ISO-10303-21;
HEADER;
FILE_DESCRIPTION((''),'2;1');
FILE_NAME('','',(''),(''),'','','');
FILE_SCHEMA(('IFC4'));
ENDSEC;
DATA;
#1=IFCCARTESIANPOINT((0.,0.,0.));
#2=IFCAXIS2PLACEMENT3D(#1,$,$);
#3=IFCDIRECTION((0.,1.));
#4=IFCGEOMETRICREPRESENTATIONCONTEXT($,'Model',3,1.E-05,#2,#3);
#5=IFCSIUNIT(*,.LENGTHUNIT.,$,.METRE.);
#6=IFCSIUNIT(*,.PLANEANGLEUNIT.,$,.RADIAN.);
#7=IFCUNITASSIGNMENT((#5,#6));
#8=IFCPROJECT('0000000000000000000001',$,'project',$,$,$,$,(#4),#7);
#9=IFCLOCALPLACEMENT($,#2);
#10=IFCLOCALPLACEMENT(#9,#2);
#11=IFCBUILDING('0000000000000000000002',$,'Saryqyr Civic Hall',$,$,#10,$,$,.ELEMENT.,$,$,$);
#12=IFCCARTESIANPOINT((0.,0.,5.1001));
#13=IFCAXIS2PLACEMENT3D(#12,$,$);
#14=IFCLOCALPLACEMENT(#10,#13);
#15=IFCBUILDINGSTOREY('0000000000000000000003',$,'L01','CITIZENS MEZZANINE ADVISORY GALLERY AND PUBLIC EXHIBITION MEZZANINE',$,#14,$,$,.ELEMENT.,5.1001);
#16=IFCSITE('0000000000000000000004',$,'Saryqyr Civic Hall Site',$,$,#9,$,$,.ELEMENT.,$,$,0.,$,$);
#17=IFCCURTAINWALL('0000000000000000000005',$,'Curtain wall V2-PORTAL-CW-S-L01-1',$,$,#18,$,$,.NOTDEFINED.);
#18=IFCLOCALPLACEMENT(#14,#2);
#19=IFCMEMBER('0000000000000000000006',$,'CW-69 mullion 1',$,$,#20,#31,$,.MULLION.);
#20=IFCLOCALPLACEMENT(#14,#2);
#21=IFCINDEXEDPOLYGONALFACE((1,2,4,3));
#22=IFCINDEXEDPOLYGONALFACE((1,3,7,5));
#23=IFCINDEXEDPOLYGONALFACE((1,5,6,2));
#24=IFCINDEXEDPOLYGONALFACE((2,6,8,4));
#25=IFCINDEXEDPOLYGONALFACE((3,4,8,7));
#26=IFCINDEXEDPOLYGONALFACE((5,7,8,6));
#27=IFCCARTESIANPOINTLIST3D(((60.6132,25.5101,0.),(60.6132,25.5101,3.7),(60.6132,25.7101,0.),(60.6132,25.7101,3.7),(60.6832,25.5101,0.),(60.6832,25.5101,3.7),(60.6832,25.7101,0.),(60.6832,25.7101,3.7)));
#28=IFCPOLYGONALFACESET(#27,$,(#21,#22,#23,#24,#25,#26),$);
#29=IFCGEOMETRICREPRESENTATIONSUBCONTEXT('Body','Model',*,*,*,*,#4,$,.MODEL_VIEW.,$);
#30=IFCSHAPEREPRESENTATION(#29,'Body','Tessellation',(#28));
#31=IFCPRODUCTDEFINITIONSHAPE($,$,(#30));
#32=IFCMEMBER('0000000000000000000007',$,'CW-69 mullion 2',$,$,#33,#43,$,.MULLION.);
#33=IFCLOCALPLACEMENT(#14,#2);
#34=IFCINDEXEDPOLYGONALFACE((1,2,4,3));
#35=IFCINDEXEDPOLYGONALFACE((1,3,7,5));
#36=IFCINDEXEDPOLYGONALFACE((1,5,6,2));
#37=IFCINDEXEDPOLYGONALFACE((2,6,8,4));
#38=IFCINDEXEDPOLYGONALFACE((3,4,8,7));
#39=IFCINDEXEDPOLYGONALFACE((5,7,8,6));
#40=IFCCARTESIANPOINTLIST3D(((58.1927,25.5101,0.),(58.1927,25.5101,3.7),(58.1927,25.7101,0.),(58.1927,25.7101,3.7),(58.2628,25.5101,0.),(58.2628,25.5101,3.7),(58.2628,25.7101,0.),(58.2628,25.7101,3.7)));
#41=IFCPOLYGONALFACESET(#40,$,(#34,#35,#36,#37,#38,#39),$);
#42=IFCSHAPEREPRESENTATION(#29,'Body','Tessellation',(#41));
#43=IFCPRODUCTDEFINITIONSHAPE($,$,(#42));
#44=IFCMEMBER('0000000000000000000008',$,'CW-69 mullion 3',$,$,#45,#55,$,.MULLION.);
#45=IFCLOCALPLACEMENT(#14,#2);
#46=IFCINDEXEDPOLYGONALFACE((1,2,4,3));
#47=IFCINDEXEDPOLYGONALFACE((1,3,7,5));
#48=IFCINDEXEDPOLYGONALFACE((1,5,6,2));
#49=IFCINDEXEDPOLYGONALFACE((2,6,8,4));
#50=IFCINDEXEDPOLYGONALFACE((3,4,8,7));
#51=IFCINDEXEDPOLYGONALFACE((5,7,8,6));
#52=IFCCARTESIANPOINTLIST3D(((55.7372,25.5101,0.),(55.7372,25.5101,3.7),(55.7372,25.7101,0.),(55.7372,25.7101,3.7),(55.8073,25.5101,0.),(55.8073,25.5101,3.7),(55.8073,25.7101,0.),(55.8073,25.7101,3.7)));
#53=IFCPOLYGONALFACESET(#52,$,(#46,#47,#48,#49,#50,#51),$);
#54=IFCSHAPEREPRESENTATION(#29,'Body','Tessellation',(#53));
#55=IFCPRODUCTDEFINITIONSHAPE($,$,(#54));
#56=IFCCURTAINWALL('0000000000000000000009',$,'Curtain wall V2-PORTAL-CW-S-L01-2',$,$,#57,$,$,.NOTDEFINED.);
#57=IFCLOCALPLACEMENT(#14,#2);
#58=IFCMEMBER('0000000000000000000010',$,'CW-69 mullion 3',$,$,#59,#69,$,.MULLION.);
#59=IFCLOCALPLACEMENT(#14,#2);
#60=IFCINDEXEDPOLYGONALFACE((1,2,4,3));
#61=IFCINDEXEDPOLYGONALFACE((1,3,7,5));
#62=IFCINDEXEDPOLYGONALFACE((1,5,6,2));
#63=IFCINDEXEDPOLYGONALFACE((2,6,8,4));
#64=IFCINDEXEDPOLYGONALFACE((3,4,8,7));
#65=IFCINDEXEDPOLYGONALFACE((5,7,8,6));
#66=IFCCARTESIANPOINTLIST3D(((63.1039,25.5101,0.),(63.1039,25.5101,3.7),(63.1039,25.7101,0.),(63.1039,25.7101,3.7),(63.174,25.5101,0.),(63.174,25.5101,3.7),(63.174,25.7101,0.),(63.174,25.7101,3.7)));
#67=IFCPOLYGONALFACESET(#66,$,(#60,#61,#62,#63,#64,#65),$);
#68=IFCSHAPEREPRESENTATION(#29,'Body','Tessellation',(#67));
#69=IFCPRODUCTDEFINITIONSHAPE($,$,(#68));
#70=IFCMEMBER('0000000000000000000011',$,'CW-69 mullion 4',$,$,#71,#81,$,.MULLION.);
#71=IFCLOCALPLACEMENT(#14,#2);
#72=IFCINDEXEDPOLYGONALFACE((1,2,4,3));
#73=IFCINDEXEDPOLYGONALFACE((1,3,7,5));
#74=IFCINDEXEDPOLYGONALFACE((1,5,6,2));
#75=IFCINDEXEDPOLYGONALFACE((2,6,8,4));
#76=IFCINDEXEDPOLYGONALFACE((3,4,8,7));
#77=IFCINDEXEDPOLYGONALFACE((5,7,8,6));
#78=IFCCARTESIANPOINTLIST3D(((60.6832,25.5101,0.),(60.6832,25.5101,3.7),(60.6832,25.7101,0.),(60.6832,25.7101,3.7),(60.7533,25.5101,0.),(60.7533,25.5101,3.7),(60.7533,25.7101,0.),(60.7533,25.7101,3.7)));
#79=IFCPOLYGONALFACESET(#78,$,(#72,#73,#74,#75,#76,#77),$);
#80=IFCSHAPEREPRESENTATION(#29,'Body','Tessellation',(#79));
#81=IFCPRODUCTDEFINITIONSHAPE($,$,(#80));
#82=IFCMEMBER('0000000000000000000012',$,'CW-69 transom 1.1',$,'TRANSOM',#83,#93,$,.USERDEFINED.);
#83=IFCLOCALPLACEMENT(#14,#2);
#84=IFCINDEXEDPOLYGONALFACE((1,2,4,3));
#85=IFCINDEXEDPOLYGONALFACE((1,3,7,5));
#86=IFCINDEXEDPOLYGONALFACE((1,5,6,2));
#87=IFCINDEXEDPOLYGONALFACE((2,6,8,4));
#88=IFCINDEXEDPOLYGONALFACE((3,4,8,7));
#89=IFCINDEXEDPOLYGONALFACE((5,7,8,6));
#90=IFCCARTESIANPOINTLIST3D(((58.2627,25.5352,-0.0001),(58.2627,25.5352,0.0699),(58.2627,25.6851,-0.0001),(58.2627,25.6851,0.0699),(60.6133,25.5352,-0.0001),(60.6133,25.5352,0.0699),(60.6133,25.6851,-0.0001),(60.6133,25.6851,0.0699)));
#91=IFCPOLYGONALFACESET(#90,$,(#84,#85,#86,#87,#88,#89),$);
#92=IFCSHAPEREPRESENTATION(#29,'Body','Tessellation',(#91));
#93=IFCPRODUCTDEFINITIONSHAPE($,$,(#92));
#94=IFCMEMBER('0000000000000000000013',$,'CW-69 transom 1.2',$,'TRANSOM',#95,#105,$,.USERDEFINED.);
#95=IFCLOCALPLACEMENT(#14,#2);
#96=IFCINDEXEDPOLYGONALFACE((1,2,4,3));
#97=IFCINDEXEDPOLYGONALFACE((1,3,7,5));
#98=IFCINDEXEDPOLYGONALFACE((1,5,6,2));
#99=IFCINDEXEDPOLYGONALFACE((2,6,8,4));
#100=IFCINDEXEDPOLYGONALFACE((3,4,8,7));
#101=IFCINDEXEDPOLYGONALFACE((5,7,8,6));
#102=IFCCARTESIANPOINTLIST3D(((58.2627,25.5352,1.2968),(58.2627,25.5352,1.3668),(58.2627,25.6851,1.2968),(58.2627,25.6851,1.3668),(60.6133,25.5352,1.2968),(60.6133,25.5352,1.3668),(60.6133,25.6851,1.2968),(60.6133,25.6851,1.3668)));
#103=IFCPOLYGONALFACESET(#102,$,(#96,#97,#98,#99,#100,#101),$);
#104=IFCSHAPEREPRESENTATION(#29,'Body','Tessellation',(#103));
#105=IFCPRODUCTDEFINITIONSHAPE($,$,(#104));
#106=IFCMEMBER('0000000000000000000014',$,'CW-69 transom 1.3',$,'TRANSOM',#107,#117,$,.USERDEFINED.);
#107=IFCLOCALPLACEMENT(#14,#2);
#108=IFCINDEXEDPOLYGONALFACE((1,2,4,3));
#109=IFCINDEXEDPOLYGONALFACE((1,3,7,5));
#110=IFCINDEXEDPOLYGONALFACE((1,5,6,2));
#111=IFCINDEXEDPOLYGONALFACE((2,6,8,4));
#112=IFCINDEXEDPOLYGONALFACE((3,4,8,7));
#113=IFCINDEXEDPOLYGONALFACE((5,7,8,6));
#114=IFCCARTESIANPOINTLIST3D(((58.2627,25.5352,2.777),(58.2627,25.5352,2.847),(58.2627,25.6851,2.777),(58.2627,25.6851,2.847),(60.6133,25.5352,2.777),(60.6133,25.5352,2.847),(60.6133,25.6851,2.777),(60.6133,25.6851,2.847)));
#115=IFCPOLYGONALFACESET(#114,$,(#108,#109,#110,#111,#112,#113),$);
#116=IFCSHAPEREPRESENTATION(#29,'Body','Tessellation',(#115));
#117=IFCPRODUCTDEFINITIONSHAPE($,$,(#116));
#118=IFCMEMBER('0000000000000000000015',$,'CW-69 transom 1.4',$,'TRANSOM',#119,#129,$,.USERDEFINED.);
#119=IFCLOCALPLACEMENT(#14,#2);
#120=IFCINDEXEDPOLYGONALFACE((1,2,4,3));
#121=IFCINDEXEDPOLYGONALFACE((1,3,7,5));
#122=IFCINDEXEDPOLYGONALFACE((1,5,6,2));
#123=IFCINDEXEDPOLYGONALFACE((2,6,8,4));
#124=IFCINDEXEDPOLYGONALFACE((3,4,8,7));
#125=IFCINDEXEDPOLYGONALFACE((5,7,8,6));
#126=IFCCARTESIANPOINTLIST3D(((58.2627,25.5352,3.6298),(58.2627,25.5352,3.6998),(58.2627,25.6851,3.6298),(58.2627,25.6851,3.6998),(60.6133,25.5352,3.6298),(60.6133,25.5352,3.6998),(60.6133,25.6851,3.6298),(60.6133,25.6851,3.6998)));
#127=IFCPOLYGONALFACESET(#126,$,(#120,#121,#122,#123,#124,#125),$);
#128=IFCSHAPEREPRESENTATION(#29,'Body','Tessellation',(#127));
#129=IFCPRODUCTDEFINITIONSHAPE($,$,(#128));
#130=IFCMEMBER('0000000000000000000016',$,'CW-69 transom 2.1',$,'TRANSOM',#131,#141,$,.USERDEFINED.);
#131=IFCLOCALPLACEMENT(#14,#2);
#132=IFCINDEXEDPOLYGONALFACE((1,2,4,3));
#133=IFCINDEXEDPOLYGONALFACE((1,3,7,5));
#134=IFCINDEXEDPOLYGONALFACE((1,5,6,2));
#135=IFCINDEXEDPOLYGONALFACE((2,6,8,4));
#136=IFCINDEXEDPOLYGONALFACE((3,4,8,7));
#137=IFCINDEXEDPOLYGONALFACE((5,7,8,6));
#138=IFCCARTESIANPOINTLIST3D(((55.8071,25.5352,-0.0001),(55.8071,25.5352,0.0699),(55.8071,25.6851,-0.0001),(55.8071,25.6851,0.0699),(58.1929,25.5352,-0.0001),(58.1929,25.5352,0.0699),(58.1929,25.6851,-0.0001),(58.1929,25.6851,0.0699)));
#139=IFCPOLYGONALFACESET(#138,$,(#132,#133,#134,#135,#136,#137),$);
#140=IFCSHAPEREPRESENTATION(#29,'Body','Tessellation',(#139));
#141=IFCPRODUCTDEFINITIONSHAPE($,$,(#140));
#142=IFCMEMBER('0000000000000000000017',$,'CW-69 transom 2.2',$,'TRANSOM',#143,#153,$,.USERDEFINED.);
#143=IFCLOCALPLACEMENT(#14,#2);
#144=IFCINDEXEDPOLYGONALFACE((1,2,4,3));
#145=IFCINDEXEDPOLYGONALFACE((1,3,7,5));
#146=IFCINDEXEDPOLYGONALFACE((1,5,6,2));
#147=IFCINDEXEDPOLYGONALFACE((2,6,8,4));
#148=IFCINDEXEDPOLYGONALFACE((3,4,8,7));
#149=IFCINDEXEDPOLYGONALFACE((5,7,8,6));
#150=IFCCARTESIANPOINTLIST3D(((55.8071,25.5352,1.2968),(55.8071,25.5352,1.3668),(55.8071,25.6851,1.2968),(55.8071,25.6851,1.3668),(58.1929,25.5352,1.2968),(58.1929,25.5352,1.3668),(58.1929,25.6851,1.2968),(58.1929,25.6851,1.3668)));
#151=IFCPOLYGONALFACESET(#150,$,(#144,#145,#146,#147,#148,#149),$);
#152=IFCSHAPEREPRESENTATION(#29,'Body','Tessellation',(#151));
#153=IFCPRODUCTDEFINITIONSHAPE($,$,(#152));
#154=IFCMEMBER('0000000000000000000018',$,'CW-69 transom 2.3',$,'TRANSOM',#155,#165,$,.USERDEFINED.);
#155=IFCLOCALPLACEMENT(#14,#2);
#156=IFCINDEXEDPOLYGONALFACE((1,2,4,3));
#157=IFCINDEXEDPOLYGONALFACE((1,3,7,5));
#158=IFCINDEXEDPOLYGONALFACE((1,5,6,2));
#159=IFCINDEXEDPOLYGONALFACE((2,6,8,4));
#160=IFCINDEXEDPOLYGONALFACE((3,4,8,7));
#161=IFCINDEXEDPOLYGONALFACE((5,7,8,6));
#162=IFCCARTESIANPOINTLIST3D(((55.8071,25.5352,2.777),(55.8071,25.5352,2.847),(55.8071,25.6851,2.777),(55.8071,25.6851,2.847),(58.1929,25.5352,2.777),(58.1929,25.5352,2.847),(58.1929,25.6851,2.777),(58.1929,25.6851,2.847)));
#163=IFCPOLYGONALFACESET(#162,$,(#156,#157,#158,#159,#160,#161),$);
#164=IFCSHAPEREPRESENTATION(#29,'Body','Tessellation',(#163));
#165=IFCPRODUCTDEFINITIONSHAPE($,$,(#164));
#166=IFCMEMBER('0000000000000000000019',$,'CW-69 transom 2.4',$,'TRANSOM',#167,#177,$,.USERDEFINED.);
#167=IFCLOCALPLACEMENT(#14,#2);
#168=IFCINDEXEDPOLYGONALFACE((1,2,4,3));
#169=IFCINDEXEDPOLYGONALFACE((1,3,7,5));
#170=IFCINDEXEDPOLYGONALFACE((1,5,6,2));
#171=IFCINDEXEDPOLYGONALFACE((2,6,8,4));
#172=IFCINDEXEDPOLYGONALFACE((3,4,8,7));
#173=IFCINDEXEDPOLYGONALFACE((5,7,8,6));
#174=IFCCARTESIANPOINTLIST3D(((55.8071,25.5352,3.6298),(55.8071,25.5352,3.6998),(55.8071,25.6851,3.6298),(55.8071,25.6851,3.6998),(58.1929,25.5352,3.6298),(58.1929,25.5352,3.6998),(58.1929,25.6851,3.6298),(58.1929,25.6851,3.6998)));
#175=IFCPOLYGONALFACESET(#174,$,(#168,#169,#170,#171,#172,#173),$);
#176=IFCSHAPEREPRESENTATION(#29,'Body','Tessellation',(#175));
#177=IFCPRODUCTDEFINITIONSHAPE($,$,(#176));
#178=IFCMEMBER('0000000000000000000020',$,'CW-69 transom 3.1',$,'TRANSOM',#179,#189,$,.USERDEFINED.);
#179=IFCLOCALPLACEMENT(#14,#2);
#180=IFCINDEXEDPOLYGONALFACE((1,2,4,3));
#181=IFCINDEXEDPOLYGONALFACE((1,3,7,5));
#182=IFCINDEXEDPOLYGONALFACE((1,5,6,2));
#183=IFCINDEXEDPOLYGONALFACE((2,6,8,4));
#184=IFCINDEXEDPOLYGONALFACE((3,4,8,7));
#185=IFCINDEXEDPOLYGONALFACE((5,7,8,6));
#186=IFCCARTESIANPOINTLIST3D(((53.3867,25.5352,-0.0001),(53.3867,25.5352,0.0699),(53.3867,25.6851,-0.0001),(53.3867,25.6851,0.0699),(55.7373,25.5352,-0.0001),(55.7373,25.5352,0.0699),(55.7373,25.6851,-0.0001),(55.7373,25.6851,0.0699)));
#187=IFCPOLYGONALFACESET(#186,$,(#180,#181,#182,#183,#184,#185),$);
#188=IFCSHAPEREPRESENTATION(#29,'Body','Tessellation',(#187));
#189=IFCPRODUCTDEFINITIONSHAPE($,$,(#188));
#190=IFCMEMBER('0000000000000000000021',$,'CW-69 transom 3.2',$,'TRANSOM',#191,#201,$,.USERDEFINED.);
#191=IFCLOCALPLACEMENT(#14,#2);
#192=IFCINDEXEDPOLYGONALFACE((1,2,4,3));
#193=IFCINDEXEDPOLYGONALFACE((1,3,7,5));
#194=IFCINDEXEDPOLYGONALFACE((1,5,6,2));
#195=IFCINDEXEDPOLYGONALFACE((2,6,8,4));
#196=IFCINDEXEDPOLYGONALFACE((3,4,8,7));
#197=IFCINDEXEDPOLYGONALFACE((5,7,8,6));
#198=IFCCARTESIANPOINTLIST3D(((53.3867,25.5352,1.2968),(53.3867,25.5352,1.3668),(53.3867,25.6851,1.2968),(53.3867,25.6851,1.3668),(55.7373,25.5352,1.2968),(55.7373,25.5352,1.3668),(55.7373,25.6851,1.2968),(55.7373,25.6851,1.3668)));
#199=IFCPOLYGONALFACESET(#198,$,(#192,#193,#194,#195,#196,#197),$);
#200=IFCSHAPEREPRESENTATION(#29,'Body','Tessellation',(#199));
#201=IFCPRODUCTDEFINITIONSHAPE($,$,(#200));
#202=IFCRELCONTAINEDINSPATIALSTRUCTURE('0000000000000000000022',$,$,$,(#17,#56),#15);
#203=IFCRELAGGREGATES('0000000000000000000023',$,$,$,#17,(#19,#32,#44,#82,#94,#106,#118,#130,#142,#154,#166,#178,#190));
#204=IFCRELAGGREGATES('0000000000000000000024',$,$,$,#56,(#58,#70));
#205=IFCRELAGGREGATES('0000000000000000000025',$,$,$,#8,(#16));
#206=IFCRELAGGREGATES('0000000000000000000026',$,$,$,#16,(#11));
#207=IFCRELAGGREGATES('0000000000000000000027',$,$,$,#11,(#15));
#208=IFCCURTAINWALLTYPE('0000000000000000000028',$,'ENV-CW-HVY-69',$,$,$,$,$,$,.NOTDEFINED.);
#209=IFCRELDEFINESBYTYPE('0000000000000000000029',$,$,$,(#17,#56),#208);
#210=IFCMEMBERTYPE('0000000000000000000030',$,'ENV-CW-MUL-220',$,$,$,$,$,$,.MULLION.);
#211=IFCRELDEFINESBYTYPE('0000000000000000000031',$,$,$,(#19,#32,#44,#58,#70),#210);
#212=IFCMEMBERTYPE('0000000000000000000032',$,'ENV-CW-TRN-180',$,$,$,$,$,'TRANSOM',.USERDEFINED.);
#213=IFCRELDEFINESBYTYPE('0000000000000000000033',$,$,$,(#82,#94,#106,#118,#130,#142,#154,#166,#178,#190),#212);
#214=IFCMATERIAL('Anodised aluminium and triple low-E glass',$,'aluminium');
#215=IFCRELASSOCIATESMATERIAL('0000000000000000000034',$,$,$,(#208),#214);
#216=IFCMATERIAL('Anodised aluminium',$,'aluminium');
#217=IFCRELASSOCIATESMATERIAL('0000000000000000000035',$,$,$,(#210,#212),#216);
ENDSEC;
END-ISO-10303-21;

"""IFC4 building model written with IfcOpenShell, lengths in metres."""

from ifc_helpers import new_model, si_unit, direction, frame, origin, origin_2d, place, context, subcontext, project, spatial, rectangle, extrude, material, material_profile, profile_set, type_object, element, aggregate, save


model = new_model("IFC4")

# Units and contexts
model_context = context("Model", 3, precision=1e-05, world=origin(), true_north=direction((0.0, 1.0)))
body_context = subcontext(model_context, "Body", "Model", "MODEL_VIEW")
ifc_project = project(units=[si_unit("LENGTHUNIT", "METRE"), si_unit("PLANEANGLEUNIT", "RADIAN")], contexts=[model_context])

# Site, building, storey
site_placement = place(None, origin())
site = spatial("IfcSite", under=ifc_project, at=site_placement, Name="Saryqyr Civic Hall Site", CompositionType="ELEMENT", RefElevation=0.0)
building_placement = place(site_placement, origin())
building = spatial("IfcBuilding", under=site, at=building_placement, Name="Saryqyr Civic Hall", CompositionType="ELEMENT")
storey_placement = place(building_placement, frame((0.0, 0.0, 5.1001)))
storey = spatial("IfcBuildingStorey", under=building, at=storey_placement, Name="L01", Description="CITIZENS MEZZANINE ADVISORY GALLERY AND PUBLIC EXHIBITION MEZZANINE", CompositionType="ELEMENT", Elevation=5.1001)

# Curtain walls, members
ifc_material_1 = material(Name="Anodised aluminium and triple low-E glass", Category="aluminium")
curtain_wall_type = type_object("IfcCurtainWallType", Name="ENV-CW-HVY-69", PredefinedType="NOTDEFINED", material=ifc_material_1)
curtain_wall_1_placement = place(storey_placement, origin())
curtain_wall_1 = element("IfcCurtainWall", 1, at=curtain_wall_1_placement, inside=storey, type_object=curtain_wall_type, Name="Curtain wall V2-PORTAL-CW-S-L01-1", PredefinedType="NOTDEFINED")
ifc_material_2 = material(Name="Anodised aluminium", Category="aluminium")
ifc_material_profile_1 = material_profile(ifc_material_2, rectangle(XDim=0.0701, YDim=0.2, at=origin_2d()), Name="ALU MULLION 70x200")
ifc_profile_set_1 = profile_set([ifc_material_profile_1], Name="Anodised aluminium")
member_type_1 = type_object("IfcMemberType", Name="ENV-CW-MUL-220", PredefinedType="MULLION", material=ifc_profile_set_1)
member_1_placement = place(storey_placement, frame((60.6482, 25.6101, 0.0), z_axis=(0.0, 0.0, 1.0), x_axis=(-1.0, 0.0, 0.0)))
member_1 = element("IfcMember", 2, at=member_1_placement, type_object=member_type_1, Name="CW-69 mullion 1", PredefinedType="MULLION", context=body_context, shape_type="SweptSolid", body=[
    extrude(rectangle(XDim=0.0701, YDim=0.2, at=origin_2d()), origin(), (0.0, 0.0, 1.0), 3.7),
])
member_2_placement = place(storey_placement, frame((58.2278, 25.6101, 0.0), z_axis=(0.0, 0.0, 1.0), x_axis=(-1.0, 0.0, 0.0)))
member_2 = element("IfcMember", 3, at=member_2_placement, type_object=member_type_1, Name="CW-69 mullion 2", PredefinedType="MULLION", context=body_context, shape_type="SweptSolid", body=[
    extrude(rectangle(XDim=0.0701, YDim=0.2, at=origin_2d()), origin(), (0.0, 0.0, 1.0), 3.7),
])
member_3_placement = place(storey_placement, frame((55.7722, 25.6101, 0.0), z_axis=(0.0, 0.0, 1.0), x_axis=(-1.0, 0.0, 0.0)))
member_3 = element("IfcMember", 4, at=member_3_placement, type_object=member_type_1, Name="CW-69 mullion 3", PredefinedType="MULLION", context=body_context, shape_type="SweptSolid", body=[
    extrude(rectangle(XDim=0.0701, YDim=0.2, at=origin_2d()), origin(), (0.0, 0.0, 1.0), 3.7),
])
curtain_wall_2_placement = place(storey_placement, origin())
curtain_wall_2 = element("IfcCurtainWall", 5, at=curtain_wall_2_placement, inside=storey, type_object=curtain_wall_type, Name="Curtain wall V2-PORTAL-CW-S-L01-2", PredefinedType="NOTDEFINED")
member_4_placement = place(storey_placement, frame((63.1389, 25.6101, 0.0), z_axis=(0.0, 0.0, 1.0), x_axis=(-1.0, 0.0, 0.0)))
member_4 = element("IfcMember", 6, at=member_4_placement, type_object=member_type_1, Name="CW-69 mullion 3", PredefinedType="MULLION", context=body_context, shape_type="SweptSolid", body=[
    extrude(rectangle(XDim=0.0701, YDim=0.2, at=origin_2d()), origin(), (0.0, 0.0, 1.0), 3.7),
])
member_5_placement = place(storey_placement, frame((60.7183, 25.6101, 0.0), z_axis=(0.0, 0.0, 1.0), x_axis=(-1.0, 0.0, 0.0)))
member_5 = element("IfcMember", 7, at=member_5_placement, type_object=member_type_1, Name="CW-69 mullion 4", PredefinedType="MULLION", context=body_context, shape_type="SweptSolid", body=[
    extrude(rectangle(XDim=0.0701, YDim=0.2, at=origin_2d()), origin(), (0.0, 0.0, 1.0), 3.7),
])

# Members
ifc_material_profile_2 = material_profile(ifc_material_2, rectangle(XDim=0.1499, YDim=0.0701, at=origin_2d()), Name="ALU TRANSOM 150x70")
ifc_profile_set_2 = profile_set([ifc_material_profile_2], Name="Anodised aluminium")
member_type_2 = type_object("IfcMemberType", Name="ENV-CW-TRN-180", ElementType="TRANSOM", PredefinedType="USERDEFINED", material=ifc_profile_set_2)
member_6_placement = place(storey_placement, frame((60.6133, 25.6101, 0.0349), z_axis=(-1.0, 0.0, 0.0), x_axis=(0.0, -1.0, 0.0)))
member_6 = element("IfcMember", 8, at=member_6_placement, type_object=member_type_2, Name="CW-69 transom 1.1", ObjectType="TRANSOM", PredefinedType="USERDEFINED", context=body_context, shape_type="SweptSolid", body=[
    extrude(rectangle(XDim=0.1499, YDim=0.0701, at=origin_2d()), origin(), (0.0, 0.0, 1.0), 2.3506),
])
member_7_placement = place(storey_placement, frame((60.6133, 25.6101, 1.3318), z_axis=(-1.0, 0.0, 0.0), x_axis=(0.0, -1.0, 0.0)))
member_7 = element("IfcMember", 9, at=member_7_placement, type_object=member_type_2, Name="CW-69 transom 1.2", ObjectType="TRANSOM", PredefinedType="USERDEFINED", context=body_context, shape_type="SweptSolid", body=[
    extrude(rectangle(XDim=0.1499, YDim=0.0701, at=origin_2d()), origin(), (0.0, 0.0, 1.0), 2.3506),
])
member_8_placement = place(storey_placement, frame((60.6133, 25.6101, 2.812), z_axis=(-1.0, 0.0, 0.0), x_axis=(0.0, -1.0, 0.0)))
member_8 = element("IfcMember", 10, at=member_8_placement, type_object=member_type_2, Name="CW-69 transom 1.3", ObjectType="TRANSOM", PredefinedType="USERDEFINED", context=body_context, shape_type="SweptSolid", body=[
    extrude(rectangle(XDim=0.1499, YDim=0.0701, at=origin_2d()), origin(), (0.0, 0.0, 1.0), 2.3506),
])
member_9_placement = place(storey_placement, frame((60.6133, 25.6101, 3.6648), z_axis=(-1.0, 0.0, 0.0), x_axis=(0.0, -1.0, 0.0)))
member_9 = element("IfcMember", 11, at=member_9_placement, type_object=member_type_2, Name="CW-69 transom 1.4", ObjectType="TRANSOM", PredefinedType="USERDEFINED", context=body_context, shape_type="SweptSolid", body=[
    extrude(rectangle(XDim=0.1499, YDim=0.0701, at=origin_2d()), origin(), (0.0, 0.0, 1.0), 2.3506),
])
member_10_placement = place(storey_placement, frame((58.1929, 25.6101, 0.0349), z_axis=(-1.0, 0.0, 0.0), x_axis=(0.0, -1.0, 0.0)))
member_10 = element("IfcMember", 12, at=member_10_placement, type_object=member_type_2, Name="CW-69 transom 2.1", ObjectType="TRANSOM", PredefinedType="USERDEFINED", context=body_context, shape_type="SweptSolid", body=[
    extrude(rectangle(XDim=0.1499, YDim=0.0701, at=origin_2d()), origin(), (0.0, 0.0, 1.0), 2.3857),
])
member_11_placement = place(storey_placement, frame((58.1929, 25.6101, 1.3318), z_axis=(-1.0, 0.0, 0.0), x_axis=(0.0, -1.0, 0.0)))
member_11 = element("IfcMember", 13, at=member_11_placement, type_object=member_type_2, Name="CW-69 transom 2.2", ObjectType="TRANSOM", PredefinedType="USERDEFINED", context=body_context, shape_type="SweptSolid", body=[
    extrude(rectangle(XDim=0.1499, YDim=0.0701, at=origin_2d()), origin(), (0.0, 0.0, 1.0), 2.3857),
])
member_12_placement = place(storey_placement, frame((58.1929, 25.6101, 2.812), z_axis=(-1.0, 0.0, 0.0), x_axis=(0.0, -1.0, 0.0)))
member_12 = element("IfcMember", 14, at=member_12_placement, type_object=member_type_2, Name="CW-69 transom 2.3", ObjectType="TRANSOM", PredefinedType="USERDEFINED", context=body_context, shape_type="SweptSolid", body=[
    extrude(rectangle(XDim=0.1499, YDim=0.0701, at=origin_2d()), origin(), (0.0, 0.0, 1.0), 2.3857),
])
member_13_placement = place(storey_placement, frame((58.1929, 25.6101, 3.6648), z_axis=(-1.0, 0.0, 0.0), x_axis=(0.0, -1.0, 0.0)))
member_13 = element("IfcMember", 15, at=member_13_placement, type_object=member_type_2, Name="CW-69 transom 2.4", ObjectType="TRANSOM", PredefinedType="USERDEFINED", context=body_context, shape_type="SweptSolid", body=[
    extrude(rectangle(XDim=0.1499, YDim=0.0701, at=origin_2d()), origin(), (0.0, 0.0, 1.0), 2.3857),
])
member_14_placement = place(storey_placement, frame((55.7373, 25.6101, 0.0349), z_axis=(-1.0, 0.0, 0.0), x_axis=(0.0, -1.0, 0.0)))
member_14 = element("IfcMember", 16, at=member_14_placement, type_object=member_type_2, Name="CW-69 transom 3.1", ObjectType="TRANSOM", PredefinedType="USERDEFINED", context=body_context, shape_type="SweptSolid", body=[
    extrude(rectangle(XDim=0.1499, YDim=0.0701, at=origin_2d()), origin(), (0.0, 0.0, 1.0), 2.3506),
])
member_15_placement = place(storey_placement, frame((55.7373, 25.6101, 1.3318), z_axis=(-1.0, 0.0, 0.0), x_axis=(0.0, -1.0, 0.0)))
member_15 = element("IfcMember", 17, at=member_15_placement, type_object=member_type_2, Name="CW-69 transom 3.2", ObjectType="TRANSOM", PredefinedType="USERDEFINED", context=body_context, shape_type="SweptSolid", body=[
    extrude(rectangle(XDim=0.1499, YDim=0.0701, at=origin_2d()), origin(), (0.0, 0.0, 1.0), 2.3506),
])

aggregate(curtain_wall_1, [member_1, member_2, member_3, member_6, member_7, member_8, member_9, member_10, member_11, member_12, member_13, member_14, member_15])
aggregate(curtain_wall_2, [member_4, member_5])

save(model, "model.ifc")
